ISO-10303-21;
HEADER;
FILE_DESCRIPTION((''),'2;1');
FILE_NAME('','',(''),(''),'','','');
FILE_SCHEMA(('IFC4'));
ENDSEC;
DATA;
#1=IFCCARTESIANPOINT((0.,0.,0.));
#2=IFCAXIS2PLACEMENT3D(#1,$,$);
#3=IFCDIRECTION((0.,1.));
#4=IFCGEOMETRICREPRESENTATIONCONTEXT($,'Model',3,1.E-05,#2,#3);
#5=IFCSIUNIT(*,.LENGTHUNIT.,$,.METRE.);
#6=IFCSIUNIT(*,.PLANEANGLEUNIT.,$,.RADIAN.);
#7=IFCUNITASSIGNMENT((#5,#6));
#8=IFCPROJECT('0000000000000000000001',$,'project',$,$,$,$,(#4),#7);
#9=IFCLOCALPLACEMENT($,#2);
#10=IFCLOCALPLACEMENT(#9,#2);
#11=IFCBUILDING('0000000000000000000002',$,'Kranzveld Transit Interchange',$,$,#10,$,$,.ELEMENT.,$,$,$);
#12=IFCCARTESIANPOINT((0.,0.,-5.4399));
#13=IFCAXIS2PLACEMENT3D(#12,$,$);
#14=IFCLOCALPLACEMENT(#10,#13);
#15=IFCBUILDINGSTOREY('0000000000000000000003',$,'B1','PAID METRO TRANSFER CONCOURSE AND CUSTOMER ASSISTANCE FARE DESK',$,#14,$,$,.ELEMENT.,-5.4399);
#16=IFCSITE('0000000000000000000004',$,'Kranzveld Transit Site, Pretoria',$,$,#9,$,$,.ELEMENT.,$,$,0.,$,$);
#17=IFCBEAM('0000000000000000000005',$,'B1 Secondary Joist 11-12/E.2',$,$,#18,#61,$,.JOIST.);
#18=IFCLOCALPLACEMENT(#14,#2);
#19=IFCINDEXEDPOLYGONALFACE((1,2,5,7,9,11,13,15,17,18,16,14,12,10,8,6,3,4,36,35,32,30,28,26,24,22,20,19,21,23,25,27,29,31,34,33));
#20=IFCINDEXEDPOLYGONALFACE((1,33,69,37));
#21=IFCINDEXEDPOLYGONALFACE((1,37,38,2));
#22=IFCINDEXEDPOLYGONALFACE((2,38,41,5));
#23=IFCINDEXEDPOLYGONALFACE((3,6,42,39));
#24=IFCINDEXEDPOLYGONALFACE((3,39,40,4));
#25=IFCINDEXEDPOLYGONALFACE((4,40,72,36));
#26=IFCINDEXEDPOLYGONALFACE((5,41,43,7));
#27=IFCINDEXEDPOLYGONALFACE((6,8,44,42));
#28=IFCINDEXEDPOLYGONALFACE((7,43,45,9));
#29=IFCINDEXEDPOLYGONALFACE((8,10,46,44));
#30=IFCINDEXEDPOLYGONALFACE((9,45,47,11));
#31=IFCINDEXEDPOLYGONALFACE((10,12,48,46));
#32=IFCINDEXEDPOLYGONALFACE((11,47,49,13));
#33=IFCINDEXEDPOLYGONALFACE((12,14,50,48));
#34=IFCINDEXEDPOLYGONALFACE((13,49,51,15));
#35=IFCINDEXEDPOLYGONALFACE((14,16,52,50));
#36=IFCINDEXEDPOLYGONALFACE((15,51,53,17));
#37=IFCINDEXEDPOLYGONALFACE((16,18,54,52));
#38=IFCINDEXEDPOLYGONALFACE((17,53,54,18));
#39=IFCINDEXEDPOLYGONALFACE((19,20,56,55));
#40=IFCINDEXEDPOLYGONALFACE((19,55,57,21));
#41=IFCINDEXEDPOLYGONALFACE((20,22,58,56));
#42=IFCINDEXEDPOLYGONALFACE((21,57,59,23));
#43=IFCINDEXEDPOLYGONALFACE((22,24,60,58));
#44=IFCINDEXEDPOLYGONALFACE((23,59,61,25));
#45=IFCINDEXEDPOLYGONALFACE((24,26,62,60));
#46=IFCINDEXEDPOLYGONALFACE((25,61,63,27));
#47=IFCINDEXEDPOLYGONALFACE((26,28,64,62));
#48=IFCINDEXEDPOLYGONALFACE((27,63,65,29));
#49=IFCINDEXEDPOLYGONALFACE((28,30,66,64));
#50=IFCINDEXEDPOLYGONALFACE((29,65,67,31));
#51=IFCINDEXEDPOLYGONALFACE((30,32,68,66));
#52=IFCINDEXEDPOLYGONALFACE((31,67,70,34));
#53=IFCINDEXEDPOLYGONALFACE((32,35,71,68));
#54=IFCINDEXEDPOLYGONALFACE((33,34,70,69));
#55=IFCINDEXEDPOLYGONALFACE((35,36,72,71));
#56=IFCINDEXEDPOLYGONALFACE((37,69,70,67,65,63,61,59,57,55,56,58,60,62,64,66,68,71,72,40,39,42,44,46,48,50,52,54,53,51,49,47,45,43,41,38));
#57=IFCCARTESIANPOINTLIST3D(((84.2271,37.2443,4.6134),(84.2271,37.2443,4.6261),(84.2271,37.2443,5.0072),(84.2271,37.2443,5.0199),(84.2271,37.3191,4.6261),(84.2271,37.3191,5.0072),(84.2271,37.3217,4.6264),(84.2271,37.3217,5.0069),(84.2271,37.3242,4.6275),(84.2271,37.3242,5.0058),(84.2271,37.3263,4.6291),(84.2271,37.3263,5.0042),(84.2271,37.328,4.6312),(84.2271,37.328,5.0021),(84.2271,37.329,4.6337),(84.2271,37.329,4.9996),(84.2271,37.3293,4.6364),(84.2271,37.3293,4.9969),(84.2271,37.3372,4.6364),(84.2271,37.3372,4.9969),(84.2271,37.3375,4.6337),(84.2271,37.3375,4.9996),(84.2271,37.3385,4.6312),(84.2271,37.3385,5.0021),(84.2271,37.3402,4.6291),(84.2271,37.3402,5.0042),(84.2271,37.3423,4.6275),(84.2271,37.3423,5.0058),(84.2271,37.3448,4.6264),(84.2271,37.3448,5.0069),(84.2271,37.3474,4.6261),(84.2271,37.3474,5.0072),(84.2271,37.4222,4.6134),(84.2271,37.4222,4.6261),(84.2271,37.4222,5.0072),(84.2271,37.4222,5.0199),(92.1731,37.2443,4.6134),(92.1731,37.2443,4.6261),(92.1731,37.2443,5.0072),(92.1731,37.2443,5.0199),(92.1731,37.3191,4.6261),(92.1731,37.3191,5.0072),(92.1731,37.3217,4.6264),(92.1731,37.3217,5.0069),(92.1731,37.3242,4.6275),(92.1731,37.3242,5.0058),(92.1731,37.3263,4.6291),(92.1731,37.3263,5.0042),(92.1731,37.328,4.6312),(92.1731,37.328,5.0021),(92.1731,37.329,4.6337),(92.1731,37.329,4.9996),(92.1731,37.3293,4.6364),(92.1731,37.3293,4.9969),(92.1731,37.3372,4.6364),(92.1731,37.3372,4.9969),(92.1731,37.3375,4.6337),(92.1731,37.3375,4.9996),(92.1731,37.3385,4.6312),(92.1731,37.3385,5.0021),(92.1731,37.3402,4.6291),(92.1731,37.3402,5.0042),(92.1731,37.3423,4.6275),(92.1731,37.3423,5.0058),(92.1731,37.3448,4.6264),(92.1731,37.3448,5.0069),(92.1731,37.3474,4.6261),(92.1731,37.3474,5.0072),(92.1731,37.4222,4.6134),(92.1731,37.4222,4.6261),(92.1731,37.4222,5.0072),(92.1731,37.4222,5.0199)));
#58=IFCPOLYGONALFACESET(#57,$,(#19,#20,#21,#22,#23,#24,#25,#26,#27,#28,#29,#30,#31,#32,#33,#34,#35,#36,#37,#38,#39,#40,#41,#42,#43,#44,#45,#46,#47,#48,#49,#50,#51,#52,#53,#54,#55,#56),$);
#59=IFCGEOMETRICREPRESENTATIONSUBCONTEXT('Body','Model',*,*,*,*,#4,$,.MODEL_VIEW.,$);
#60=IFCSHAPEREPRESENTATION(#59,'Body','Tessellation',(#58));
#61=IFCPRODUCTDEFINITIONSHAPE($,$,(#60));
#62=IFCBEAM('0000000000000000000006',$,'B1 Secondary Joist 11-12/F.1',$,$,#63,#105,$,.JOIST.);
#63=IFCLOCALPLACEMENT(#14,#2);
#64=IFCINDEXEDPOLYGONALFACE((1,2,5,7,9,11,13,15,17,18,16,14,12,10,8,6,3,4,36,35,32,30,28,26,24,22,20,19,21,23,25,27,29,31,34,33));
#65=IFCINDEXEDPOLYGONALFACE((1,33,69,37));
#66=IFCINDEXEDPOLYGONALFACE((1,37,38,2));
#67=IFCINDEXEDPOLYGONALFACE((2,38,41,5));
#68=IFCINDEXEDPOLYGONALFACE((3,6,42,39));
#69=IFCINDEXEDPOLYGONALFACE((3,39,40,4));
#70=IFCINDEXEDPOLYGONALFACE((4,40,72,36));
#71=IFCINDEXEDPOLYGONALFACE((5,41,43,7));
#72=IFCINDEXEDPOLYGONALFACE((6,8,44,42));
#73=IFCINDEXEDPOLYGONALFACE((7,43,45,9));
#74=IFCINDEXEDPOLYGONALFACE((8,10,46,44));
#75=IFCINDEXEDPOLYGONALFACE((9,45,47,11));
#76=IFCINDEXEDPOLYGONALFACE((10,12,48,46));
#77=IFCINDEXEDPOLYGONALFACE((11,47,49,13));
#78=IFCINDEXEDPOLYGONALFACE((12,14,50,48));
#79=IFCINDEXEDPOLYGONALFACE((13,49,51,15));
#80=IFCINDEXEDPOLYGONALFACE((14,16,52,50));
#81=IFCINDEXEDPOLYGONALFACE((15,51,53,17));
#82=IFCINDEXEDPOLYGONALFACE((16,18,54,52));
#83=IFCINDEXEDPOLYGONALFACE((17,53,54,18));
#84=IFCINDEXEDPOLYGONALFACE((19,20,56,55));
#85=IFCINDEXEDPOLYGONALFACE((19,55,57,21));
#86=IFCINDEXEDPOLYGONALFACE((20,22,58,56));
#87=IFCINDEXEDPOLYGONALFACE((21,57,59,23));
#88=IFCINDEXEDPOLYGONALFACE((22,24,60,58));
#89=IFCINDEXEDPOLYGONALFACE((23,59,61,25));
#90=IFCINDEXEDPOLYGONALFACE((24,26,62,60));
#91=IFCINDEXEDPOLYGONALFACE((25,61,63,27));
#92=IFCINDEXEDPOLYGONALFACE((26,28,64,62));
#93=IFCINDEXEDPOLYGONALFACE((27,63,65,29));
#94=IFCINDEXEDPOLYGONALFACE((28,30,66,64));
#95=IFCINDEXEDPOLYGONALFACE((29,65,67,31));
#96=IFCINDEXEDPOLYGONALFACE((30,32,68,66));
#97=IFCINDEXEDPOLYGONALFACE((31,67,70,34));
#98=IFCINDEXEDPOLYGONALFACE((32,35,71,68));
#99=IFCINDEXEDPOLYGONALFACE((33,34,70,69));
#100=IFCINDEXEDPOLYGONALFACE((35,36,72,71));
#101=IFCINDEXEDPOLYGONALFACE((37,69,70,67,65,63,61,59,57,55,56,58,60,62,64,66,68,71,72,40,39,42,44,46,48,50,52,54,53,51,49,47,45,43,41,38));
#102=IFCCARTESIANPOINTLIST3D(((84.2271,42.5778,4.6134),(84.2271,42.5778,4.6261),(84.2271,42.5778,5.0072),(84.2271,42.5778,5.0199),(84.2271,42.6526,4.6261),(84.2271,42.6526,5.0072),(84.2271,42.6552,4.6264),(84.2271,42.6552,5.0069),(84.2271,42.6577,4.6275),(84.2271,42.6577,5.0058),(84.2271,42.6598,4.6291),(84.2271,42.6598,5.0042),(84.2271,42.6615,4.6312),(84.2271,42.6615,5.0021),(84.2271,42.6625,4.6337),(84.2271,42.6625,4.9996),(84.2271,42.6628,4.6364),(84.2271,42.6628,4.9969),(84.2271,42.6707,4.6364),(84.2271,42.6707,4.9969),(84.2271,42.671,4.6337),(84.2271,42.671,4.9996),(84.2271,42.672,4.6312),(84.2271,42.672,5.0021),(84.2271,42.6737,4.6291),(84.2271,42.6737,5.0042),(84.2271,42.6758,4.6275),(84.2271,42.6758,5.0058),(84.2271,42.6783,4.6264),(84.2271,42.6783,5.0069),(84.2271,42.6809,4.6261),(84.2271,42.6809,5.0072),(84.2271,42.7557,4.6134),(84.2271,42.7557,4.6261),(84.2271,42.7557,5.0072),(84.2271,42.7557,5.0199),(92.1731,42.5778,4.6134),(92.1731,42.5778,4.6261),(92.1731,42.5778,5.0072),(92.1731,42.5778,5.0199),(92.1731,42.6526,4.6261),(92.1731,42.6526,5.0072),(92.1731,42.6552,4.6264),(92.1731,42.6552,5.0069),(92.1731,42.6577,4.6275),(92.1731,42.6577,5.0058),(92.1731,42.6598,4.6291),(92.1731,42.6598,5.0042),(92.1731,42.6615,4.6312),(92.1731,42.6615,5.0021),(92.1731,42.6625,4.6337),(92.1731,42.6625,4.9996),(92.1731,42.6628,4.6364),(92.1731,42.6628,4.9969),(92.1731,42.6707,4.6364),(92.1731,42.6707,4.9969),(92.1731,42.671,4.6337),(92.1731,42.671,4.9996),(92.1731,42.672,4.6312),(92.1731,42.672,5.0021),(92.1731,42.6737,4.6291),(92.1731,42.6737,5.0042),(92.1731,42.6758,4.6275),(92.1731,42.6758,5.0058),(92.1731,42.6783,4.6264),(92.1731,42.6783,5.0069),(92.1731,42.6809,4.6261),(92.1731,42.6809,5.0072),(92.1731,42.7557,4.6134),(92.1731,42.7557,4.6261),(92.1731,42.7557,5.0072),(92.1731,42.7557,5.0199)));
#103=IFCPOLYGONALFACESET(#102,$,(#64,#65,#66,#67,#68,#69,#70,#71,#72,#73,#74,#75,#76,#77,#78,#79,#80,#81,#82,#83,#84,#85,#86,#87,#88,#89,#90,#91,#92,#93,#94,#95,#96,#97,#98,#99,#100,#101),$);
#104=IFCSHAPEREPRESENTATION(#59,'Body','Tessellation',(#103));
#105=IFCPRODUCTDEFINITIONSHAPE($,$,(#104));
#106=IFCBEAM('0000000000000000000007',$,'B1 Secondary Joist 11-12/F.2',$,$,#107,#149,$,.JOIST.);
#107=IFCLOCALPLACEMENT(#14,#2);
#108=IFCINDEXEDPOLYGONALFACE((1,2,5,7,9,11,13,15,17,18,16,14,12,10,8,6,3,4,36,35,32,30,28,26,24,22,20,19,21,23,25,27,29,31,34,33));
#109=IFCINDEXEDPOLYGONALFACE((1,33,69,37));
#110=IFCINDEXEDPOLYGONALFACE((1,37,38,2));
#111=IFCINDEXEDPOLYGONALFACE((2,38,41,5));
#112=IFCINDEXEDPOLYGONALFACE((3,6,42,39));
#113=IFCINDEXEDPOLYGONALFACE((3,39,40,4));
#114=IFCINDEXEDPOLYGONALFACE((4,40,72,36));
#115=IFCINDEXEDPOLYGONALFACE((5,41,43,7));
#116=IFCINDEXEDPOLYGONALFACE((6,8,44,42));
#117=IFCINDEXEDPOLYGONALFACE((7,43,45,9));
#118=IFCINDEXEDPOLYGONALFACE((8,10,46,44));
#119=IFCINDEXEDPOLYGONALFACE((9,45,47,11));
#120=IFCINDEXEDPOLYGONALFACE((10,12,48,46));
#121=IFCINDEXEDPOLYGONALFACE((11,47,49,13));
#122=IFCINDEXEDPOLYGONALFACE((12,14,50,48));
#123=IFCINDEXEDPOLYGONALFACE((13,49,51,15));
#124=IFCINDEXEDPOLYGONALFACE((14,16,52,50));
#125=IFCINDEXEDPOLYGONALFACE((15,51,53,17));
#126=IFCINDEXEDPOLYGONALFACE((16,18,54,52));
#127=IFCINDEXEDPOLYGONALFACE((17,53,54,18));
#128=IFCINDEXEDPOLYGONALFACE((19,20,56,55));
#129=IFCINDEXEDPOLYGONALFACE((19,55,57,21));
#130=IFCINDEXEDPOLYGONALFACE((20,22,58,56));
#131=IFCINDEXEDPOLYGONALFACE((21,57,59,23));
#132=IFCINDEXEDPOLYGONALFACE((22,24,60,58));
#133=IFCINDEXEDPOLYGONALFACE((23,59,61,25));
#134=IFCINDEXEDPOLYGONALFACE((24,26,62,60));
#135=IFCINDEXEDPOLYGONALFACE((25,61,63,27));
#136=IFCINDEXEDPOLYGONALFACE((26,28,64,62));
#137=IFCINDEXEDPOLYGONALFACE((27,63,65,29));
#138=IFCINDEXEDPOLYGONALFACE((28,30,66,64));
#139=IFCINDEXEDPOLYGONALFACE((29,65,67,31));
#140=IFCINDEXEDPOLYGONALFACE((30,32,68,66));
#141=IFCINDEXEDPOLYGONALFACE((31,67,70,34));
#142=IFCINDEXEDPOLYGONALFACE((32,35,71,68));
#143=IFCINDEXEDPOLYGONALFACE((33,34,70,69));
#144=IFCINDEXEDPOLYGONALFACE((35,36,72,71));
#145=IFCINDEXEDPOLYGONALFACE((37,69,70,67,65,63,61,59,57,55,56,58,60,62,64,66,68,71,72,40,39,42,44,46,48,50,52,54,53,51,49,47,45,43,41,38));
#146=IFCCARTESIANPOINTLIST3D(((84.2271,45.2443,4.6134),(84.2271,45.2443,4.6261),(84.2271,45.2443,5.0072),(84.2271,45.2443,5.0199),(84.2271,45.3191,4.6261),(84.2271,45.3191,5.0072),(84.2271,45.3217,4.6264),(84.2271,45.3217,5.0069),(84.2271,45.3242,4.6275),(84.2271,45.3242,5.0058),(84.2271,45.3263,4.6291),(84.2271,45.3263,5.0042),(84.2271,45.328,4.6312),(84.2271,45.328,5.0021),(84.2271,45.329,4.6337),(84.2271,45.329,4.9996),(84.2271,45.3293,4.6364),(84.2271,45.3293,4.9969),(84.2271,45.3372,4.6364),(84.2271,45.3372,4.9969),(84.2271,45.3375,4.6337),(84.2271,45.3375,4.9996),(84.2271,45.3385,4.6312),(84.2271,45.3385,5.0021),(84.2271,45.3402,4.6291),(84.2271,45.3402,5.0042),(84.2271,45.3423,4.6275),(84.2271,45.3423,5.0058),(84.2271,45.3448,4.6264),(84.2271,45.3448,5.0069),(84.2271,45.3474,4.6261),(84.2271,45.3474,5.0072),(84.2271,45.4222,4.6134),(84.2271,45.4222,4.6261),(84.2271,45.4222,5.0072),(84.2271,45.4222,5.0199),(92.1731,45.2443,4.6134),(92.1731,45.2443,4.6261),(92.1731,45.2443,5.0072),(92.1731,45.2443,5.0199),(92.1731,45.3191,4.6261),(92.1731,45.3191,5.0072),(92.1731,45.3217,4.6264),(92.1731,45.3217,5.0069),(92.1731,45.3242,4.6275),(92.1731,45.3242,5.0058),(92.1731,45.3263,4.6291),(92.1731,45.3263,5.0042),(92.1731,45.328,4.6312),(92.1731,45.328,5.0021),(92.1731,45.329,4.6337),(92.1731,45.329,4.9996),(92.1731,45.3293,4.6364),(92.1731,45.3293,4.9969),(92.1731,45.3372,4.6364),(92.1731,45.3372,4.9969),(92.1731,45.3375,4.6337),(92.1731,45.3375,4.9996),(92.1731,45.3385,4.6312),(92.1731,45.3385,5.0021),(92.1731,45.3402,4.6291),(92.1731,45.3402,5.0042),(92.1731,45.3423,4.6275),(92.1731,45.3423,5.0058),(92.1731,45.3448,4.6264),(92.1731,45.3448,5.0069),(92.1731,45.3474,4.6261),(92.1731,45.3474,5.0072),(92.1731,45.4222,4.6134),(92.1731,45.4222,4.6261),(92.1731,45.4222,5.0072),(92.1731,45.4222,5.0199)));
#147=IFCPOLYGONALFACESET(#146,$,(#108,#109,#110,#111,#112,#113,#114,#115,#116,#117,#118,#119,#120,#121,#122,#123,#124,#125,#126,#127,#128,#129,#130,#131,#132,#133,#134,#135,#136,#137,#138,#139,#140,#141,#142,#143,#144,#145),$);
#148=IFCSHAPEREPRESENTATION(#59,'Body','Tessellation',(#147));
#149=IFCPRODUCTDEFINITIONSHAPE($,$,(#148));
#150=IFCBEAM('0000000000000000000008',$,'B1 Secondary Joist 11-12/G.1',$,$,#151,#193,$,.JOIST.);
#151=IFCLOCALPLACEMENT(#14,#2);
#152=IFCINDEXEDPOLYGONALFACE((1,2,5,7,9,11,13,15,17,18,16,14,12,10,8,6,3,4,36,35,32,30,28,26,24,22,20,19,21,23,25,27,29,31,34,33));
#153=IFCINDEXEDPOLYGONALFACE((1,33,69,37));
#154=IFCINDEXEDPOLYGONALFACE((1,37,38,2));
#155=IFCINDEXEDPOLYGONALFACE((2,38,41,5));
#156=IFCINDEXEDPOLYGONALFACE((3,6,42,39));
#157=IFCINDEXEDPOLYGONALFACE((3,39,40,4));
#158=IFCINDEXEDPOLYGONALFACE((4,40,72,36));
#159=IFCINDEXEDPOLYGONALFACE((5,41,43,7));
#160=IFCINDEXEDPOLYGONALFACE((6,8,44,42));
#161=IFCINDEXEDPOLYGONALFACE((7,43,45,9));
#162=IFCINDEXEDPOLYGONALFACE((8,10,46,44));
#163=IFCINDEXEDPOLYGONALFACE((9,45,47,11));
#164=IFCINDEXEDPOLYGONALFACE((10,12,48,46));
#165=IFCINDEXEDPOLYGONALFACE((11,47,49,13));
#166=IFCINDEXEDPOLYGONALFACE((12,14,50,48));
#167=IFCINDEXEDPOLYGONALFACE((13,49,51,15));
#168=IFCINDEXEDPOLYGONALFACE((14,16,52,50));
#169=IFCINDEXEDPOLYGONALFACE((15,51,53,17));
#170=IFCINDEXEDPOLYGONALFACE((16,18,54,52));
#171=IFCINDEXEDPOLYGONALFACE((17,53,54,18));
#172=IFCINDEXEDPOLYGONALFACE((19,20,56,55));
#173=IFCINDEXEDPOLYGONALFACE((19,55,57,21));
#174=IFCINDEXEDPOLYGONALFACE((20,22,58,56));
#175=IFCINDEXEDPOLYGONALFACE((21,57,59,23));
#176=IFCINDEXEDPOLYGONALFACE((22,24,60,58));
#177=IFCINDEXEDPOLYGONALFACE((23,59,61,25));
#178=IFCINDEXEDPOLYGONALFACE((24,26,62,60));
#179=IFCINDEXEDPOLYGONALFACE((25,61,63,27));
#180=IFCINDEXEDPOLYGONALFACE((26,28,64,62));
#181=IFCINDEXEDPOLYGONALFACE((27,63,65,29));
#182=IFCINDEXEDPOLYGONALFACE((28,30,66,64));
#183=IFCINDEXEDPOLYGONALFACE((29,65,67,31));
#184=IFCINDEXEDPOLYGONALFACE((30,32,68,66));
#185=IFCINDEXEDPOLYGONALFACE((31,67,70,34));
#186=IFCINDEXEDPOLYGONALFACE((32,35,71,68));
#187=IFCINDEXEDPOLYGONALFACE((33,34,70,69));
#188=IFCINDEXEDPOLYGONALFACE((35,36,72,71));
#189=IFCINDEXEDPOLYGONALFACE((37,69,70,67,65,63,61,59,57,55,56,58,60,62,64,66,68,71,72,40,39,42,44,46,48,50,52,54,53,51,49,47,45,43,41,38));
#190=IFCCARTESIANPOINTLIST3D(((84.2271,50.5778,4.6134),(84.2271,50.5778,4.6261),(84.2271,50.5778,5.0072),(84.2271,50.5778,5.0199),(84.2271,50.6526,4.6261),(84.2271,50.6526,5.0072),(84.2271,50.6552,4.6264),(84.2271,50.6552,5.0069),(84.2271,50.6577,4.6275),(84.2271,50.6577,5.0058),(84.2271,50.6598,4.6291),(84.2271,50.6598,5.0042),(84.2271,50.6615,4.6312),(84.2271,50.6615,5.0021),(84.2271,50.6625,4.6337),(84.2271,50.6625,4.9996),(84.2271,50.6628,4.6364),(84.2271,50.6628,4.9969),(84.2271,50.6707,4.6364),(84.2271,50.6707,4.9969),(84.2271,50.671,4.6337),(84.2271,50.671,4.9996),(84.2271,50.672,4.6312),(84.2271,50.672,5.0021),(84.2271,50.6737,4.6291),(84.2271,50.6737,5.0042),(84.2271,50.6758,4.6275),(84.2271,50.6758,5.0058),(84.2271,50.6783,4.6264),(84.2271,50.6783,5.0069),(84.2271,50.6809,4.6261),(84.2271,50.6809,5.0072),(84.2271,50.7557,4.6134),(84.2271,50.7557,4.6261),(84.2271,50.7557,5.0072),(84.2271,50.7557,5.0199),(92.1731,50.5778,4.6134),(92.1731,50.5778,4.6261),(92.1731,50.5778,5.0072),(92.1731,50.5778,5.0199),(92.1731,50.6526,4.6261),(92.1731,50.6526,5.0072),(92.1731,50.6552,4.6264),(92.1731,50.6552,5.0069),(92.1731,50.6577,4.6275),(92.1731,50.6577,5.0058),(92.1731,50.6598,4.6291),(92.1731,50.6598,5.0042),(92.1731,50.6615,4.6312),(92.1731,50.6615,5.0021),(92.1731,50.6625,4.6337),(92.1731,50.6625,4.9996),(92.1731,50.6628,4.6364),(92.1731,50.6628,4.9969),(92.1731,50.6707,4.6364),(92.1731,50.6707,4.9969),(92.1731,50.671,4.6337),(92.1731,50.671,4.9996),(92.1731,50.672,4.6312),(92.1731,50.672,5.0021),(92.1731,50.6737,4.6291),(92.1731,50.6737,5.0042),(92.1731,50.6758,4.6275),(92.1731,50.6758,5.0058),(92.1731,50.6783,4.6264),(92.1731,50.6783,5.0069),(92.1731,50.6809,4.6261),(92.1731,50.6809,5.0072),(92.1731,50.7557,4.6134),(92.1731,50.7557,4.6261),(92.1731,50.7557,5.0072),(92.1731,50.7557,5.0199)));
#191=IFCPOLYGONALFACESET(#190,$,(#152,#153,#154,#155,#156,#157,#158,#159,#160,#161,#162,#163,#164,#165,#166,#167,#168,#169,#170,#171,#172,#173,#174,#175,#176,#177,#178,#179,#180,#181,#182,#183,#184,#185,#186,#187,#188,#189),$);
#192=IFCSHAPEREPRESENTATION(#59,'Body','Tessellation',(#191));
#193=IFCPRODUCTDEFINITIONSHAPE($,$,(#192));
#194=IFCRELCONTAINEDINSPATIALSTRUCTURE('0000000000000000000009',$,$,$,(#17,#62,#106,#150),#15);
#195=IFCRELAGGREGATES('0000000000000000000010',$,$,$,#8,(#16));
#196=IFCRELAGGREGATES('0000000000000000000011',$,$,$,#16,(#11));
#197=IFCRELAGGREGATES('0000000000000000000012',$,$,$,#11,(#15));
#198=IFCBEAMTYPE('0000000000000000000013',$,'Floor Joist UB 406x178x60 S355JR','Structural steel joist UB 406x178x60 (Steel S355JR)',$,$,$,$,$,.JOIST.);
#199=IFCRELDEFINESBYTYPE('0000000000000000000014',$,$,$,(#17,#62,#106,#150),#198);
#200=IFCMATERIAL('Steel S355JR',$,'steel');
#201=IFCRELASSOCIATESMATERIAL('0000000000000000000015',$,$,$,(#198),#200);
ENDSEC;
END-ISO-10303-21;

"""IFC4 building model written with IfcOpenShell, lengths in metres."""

from ifc_helpers import new_model, si_unit, direction, frame, origin, origin_2d, place, context, subcontext, project, spatial, i_section, extrude, material, material_profile, profile_set, type_object, element, save


model = new_model("IFC4")

# Units and contexts
model_context = context("Model", 3, precision=1e-05, world=origin(), true_north=direction((0.0, 1.0)))
body_context = subcontext(model_context, "Body", "Model", "MODEL_VIEW")
ifc_project = project(units=[si_unit("LENGTHUNIT", "METRE"), si_unit("PLANEANGLEUNIT", "RADIAN")], contexts=[model_context])

# Site, building, storey
site_placement = place(None, origin())
site = spatial("IfcSite", under=ifc_project, at=site_placement, Name="Kranzveld Transit Site, Pretoria", CompositionType="ELEMENT", RefElevation=0.0)
building_placement = place(site_placement, origin())
building = spatial("IfcBuilding", under=site, at=building_placement, Name="Kranzveld Transit Interchange", CompositionType="ELEMENT")
storey_placement = place(building_placement, frame((0.0, 0.0, -5.4399)))
storey = spatial("IfcBuildingStorey", under=building, at=storey_placement, Name="B1", Description="PAID METRO TRANSFER CONCOURSE AND CUSTOMER ASSISTANCE FARE DESK", CompositionType="ELEMENT", Elevation=-5.4399)

# Beams
ifc_material_1 = material(Name="Steel S355JR", Category="steel")
ifc_material_profile_1 = material_profile(ifc_material_1, i_section(OverallWidth=0.178, OverallDepth=0.4065, WebThickness=0.0078, FlangeThickness=0.0127, FilletRadius=0.0103, at=origin_2d()), Name="UB 406x178x60")
ifc_profile_set_1 = profile_set([ifc_material_profile_1], Name="Steel S355JR")
beam_type_1 = type_object("IfcBeamType", Name="Floor Joist UB 406x178x60 S355JR", Description="Structural steel joist UB 406x178x60 (Steel S355JR)", PredefinedType="JOIST", material=ifc_profile_set_1)
for number, where, z_axis, x_axis, name in (
    (1, (84.2271, 37.3333, 4.8167), (1.0, 0.0, 0.0), (0.0, 1.0, 0.0), "B1 Secondary Joist 11-12/E.2"),
    (2, (84.2271, 42.6667, 4.8167), (1.0, 0.0, 0.0), (0.0, 1.0, 0.0), "B1 Secondary Joist 11-12/F.1"),
    (3, (84.2271, 45.3333, 4.8167), (1.0, 0.0, 0.0), (0.0, 1.0, 0.0), "B1 Secondary Joist 11-12/F.2"),
    (4, (84.2271, 50.6667, 4.8167), (1.0, 0.0, 0.0), (0.0, 1.0, 0.0), "B1 Secondary Joist 11-12/G.1"),
):
    element("IfcBeam", number, at=place(storey_placement, frame(where, z_axis=z_axis, x_axis=x_axis)), inside=storey, type_object=beam_type_1, Name=name, PredefinedType="JOIST", context=body_context, shape_type="SweptSolid", body=[
        extrude(i_section(OverallWidth=0.178, OverallDepth=0.4065, WebThickness=0.0078, FlangeThickness=0.0127, FilletRadius=0.0103, at=origin_2d()), origin(), (0.0, 0.0, 1.0), 7.946),
    ])

save(model, "model.ifc")
